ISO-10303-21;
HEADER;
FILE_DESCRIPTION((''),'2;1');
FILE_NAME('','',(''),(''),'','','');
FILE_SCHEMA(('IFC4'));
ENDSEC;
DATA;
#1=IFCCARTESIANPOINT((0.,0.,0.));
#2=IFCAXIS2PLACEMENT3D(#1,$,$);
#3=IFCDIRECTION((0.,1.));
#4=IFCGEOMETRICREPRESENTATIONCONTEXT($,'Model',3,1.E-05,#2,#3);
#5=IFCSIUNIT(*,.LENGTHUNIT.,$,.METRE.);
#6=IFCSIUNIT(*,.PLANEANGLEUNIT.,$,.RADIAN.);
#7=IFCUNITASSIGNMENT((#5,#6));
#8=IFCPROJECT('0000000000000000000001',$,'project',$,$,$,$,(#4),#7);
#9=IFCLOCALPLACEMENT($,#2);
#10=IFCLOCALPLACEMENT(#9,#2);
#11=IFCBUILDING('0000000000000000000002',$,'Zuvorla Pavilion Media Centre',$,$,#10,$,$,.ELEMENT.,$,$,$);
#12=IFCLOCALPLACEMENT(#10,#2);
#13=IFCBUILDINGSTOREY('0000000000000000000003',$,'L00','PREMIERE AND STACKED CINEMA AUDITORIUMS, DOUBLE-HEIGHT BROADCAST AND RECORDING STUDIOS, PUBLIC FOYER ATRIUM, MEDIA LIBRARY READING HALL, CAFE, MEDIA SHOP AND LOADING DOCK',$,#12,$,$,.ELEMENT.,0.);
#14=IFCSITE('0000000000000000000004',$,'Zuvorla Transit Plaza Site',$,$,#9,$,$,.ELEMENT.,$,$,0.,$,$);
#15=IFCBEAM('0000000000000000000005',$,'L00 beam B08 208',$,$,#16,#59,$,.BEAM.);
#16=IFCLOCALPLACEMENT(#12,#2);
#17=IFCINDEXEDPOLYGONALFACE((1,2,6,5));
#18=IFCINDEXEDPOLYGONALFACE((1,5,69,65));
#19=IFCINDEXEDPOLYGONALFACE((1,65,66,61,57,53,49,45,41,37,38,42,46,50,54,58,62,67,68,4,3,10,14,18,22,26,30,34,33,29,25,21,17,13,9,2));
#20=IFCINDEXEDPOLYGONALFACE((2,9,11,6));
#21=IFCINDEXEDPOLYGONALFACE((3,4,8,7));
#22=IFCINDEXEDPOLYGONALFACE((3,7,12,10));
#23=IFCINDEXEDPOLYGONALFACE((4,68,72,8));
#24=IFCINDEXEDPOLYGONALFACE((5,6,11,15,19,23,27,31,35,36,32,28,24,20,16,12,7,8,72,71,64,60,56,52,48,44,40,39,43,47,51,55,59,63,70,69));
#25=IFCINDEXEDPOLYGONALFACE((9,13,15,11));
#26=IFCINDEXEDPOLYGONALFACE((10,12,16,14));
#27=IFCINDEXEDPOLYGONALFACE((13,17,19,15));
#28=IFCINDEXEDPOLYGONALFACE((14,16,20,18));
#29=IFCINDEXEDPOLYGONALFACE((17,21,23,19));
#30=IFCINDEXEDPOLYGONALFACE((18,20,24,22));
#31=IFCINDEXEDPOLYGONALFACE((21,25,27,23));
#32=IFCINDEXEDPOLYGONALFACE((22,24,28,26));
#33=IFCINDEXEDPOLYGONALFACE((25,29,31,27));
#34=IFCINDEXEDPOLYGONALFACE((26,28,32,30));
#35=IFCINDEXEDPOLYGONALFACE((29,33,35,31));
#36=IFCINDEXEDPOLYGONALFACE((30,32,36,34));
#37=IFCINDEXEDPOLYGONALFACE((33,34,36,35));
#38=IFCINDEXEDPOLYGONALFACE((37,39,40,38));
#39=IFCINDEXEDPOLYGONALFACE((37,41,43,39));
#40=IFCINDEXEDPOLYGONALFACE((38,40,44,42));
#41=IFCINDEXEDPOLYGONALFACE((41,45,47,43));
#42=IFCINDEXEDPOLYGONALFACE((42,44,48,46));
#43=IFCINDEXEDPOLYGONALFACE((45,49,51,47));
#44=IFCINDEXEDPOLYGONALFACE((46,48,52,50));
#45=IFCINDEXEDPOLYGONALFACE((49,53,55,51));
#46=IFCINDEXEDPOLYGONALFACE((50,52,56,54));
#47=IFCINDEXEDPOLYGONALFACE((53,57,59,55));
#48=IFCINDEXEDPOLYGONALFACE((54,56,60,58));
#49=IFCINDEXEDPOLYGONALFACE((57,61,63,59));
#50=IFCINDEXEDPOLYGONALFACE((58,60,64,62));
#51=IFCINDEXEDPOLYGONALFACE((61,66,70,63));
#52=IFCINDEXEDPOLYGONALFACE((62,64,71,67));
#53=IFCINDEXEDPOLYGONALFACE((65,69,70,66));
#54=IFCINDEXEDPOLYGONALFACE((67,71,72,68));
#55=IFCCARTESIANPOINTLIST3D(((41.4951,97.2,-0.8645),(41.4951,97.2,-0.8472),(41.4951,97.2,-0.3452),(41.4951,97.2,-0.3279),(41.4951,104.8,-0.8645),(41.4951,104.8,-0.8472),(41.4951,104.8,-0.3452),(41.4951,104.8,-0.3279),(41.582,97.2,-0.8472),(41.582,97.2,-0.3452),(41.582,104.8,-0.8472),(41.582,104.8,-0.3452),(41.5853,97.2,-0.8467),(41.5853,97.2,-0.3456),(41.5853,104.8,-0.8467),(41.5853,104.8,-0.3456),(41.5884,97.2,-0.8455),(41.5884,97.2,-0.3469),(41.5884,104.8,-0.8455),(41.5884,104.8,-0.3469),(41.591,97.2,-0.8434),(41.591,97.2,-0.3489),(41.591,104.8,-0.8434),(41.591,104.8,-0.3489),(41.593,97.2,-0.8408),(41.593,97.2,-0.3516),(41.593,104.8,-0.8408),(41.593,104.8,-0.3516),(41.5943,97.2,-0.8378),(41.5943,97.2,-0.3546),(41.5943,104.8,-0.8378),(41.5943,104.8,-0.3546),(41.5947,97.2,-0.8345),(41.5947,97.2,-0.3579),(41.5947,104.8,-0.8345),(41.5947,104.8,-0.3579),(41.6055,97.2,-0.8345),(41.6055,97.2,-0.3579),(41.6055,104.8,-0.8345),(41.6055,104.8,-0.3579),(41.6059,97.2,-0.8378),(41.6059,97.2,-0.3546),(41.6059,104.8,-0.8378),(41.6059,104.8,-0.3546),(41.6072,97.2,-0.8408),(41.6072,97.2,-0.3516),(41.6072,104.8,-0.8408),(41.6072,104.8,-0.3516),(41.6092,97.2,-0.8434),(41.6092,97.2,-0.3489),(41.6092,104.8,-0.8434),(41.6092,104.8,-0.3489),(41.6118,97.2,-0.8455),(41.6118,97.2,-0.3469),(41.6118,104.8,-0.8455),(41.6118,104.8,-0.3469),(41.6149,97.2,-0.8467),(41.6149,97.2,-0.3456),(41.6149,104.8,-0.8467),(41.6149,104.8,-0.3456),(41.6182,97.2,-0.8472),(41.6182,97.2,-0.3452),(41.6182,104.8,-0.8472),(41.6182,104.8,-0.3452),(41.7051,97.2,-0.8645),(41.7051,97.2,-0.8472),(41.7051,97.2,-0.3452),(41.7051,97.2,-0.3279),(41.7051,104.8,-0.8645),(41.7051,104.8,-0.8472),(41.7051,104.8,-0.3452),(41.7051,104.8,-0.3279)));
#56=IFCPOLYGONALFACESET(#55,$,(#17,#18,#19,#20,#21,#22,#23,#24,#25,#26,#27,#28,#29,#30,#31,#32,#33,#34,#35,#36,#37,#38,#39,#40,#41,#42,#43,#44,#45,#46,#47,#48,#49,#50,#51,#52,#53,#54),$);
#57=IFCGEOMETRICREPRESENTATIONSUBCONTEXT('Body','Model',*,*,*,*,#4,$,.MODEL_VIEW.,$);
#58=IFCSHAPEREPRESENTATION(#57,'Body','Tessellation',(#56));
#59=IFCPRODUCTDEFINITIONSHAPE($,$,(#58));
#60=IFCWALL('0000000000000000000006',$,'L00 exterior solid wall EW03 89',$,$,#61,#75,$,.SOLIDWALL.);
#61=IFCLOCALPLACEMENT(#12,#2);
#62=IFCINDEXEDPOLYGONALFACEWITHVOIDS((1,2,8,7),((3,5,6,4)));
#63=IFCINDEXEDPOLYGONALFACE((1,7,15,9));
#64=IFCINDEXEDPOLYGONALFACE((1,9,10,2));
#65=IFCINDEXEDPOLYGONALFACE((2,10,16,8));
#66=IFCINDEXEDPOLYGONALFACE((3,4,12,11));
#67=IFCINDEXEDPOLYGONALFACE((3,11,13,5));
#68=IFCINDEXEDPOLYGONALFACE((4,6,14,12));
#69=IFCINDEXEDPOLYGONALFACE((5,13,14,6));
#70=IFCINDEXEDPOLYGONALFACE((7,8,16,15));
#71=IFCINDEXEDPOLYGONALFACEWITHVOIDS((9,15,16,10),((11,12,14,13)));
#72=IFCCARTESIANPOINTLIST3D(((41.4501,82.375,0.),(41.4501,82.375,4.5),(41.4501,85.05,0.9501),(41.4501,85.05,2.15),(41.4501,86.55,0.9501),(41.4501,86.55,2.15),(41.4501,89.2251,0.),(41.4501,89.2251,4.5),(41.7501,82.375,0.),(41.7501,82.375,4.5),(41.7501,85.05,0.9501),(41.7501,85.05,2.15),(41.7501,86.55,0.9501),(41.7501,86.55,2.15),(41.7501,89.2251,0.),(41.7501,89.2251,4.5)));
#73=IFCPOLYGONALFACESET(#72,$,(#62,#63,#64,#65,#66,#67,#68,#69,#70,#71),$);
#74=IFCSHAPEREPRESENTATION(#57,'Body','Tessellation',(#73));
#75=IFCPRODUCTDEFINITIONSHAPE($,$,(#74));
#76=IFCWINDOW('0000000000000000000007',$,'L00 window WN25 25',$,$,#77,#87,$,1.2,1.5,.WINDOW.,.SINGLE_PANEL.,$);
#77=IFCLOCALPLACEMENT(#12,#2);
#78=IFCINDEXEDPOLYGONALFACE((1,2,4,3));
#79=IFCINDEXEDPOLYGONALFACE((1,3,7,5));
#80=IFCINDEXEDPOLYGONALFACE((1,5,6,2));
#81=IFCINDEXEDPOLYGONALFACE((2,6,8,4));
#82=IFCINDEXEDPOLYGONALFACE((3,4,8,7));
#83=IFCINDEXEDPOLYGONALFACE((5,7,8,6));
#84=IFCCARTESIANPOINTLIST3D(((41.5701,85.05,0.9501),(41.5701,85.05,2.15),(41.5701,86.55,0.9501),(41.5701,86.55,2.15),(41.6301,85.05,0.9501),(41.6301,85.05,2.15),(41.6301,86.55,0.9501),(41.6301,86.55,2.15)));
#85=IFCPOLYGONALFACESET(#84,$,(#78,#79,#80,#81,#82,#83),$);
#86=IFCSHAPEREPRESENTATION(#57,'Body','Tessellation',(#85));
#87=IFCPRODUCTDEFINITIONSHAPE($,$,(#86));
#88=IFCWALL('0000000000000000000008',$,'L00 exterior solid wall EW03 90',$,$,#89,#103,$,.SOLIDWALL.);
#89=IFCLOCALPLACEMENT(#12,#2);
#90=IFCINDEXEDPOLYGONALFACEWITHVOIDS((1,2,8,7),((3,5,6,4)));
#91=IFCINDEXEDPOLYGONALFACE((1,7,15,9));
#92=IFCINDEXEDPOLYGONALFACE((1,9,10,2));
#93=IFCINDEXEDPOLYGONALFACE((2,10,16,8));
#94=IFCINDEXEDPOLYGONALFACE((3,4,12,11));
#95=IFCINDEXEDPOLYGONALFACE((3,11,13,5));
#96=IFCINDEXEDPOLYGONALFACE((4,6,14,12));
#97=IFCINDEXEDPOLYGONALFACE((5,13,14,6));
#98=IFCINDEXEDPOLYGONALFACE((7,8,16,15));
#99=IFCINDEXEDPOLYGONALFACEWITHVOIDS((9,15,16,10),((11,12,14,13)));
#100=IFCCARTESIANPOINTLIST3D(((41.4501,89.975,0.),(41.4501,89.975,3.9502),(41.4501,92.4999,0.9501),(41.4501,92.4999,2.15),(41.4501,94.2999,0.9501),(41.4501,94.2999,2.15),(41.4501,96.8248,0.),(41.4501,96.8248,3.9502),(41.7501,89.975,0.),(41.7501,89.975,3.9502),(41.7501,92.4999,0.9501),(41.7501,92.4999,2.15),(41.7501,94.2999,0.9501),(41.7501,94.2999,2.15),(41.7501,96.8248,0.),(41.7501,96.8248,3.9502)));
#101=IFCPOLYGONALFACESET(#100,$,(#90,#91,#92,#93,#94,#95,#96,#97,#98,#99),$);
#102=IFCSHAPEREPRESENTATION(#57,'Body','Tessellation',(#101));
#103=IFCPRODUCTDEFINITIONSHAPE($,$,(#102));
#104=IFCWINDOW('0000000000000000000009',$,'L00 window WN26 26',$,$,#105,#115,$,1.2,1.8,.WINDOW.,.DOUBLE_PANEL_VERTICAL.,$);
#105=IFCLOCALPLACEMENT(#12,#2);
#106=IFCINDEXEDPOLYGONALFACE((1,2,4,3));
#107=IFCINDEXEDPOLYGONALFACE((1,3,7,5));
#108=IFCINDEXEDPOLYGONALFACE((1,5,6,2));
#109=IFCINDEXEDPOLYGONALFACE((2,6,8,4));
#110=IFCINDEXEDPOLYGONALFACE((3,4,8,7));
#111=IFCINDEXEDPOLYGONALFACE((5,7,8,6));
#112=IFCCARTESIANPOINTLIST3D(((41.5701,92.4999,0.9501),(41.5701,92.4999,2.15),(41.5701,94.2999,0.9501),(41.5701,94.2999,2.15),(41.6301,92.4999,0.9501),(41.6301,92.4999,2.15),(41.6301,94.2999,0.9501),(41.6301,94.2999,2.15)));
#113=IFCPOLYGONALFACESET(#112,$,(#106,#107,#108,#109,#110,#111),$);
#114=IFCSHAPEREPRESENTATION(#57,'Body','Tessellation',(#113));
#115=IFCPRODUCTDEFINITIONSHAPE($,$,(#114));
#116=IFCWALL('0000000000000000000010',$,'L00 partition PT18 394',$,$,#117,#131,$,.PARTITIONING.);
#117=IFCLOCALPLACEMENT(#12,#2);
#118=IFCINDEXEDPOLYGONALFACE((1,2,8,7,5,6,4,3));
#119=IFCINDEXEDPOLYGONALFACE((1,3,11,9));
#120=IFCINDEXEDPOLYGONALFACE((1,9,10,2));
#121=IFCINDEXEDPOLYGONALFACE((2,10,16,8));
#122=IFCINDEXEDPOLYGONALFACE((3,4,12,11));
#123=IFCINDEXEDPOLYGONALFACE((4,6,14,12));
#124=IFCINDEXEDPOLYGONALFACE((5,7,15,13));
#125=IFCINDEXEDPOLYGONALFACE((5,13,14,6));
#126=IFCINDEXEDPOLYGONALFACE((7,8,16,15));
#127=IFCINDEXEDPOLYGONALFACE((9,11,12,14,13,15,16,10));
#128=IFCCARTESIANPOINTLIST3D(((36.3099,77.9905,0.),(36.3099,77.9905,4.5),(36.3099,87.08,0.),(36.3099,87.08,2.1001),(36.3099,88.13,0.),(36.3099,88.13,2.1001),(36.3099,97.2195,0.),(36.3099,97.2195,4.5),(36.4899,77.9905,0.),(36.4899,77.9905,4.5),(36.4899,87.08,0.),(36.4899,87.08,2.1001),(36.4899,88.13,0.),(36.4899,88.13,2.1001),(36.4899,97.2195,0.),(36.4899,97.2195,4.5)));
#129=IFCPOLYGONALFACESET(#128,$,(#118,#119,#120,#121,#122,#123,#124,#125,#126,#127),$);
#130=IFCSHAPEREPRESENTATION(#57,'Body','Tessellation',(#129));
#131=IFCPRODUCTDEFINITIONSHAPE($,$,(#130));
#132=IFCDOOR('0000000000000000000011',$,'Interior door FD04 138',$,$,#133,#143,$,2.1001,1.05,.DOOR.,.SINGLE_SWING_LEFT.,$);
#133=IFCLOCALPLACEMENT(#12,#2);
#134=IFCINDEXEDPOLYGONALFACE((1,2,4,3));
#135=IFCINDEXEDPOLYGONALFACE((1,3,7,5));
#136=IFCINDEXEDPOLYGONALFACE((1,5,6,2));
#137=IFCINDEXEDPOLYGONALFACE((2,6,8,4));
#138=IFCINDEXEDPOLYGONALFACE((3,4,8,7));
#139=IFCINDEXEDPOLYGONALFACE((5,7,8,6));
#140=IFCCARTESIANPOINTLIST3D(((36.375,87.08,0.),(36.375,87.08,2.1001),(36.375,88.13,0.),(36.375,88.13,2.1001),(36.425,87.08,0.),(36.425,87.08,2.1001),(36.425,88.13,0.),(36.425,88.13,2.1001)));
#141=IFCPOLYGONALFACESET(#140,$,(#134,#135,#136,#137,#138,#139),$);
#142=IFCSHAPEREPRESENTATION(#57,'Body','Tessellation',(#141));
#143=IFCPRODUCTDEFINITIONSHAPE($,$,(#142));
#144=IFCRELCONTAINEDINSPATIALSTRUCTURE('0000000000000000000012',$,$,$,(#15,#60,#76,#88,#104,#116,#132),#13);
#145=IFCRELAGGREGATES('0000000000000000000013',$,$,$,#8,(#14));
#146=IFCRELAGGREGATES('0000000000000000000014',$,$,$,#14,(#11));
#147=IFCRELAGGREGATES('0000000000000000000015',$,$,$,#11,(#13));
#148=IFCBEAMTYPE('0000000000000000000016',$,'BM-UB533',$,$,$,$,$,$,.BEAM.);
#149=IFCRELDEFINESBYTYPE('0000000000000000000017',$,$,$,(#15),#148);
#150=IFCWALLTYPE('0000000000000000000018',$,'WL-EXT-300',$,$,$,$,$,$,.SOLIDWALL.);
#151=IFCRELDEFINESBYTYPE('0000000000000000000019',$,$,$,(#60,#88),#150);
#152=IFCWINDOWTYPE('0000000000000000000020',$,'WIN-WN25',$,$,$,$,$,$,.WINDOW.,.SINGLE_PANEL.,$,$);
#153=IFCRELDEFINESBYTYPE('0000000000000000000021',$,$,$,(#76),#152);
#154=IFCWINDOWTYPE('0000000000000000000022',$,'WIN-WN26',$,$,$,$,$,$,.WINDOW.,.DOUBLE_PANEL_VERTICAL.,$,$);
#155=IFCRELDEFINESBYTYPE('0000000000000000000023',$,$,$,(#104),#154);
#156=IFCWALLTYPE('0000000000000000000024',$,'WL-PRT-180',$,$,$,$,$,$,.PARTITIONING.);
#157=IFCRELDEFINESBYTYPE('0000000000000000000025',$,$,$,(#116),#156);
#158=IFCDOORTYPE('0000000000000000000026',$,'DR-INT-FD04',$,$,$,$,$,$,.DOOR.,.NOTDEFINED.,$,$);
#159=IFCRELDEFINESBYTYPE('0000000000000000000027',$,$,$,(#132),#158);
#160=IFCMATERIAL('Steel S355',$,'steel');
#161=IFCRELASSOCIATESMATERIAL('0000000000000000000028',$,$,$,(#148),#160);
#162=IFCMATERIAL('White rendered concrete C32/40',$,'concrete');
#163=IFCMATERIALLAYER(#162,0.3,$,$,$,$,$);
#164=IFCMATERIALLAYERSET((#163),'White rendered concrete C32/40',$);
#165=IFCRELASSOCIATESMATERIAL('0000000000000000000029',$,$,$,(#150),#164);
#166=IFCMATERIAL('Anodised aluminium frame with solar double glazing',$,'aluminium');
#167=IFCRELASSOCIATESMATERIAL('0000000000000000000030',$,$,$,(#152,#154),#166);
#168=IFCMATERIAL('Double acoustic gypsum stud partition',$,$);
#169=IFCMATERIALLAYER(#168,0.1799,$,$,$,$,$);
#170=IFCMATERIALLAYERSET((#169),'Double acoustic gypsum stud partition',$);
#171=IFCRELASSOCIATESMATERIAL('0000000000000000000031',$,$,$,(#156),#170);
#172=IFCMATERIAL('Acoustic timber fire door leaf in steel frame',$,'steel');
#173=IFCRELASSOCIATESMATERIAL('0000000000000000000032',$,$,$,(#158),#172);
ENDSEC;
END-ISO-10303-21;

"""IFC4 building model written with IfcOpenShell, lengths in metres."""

from ifc_helpers import new_model, si_unit, direction, frame, frame_2d, origin, origin_2d, place, context, subcontext, project, spatial, rectangle, i_section, extrude, material, layer, layer_set, material_profile, profile_set, type_object, element, fill, save


model = new_model("IFC4")

# Units and contexts
model_context = context("Model", 3, precision=1e-05, world=origin(), true_north=direction((0.0, 1.0)))
body_context = subcontext(model_context, "Body", "Model", "MODEL_VIEW")
ifc_project = project(units=[si_unit("LENGTHUNIT", "METRE"), si_unit("PLANEANGLEUNIT", "RADIAN")], contexts=[model_context])

# Site, building, storey
site_placement = place(None, origin())
site = spatial("IfcSite", under=ifc_project, at=site_placement, Name="Zuvorla Transit Plaza Site", CompositionType="ELEMENT", RefElevation=0.0)
building_placement = place(site_placement, origin())
building = spatial("IfcBuilding", under=site, at=building_placement, Name="Zuvorla Pavilion Media Centre", CompositionType="ELEMENT")
storey_placement = place(building_placement, origin())
storey = spatial("IfcBuildingStorey", under=building, at=storey_placement, Name="L00", Description="PREMIERE AND STACKED CINEMA AUDITORIUMS, DOUBLE-HEIGHT BROADCAST AND RECORDING STUDIOS, PUBLIC FOYER ATRIUM, MEDIA LIBRARY READING HALL, CAFE, MEDIA SHOP AND LOADING DOCK", CompositionType="ELEMENT", Elevation=0.0)

# Beam
ifc_material_1 = material(Name="Steel S355", Category="steel")
ifc_material_profile_1 = material_profile(ifc_material_1, i_section(OverallWidth=0.21, OverallDepth=0.5366, WebThickness=0.0107, FlangeThickness=0.0173, FilletRadius=0.0127, at=origin_2d()), Name="UB 533x210x101")
ifc_profile_set_1 = profile_set([ifc_material_profile_1], Name="Steel S355")
beam_type = type_object("IfcBeamType", Name="BM-UB533", PredefinedType="BEAM", material=ifc_profile_set_1)
beam_1_placement = place(storey_placement, frame((41.6001, 97.2, -0.5962), z_axis=(0.0, 1.0, 0.0), x_axis=(-1.0, 0.0, 0.0)))
element("IfcBeam", 1, at=beam_1_placement, inside=storey, type_object=beam_type, Name="L00 beam B08 208", PredefinedType="BEAM", context=body_context, shape_type="SweptSolid", body=[
    extrude(i_section(OverallWidth=0.21, OverallDepth=0.5366, WebThickness=0.0107, FlangeThickness=0.0173, FilletRadius=0.0127, at=origin_2d()), origin(), (0.0, 0.0, 1.0), 7.6001),
])

# Walls, openings, windows
ifc_material_2 = material(Name="White rendered concrete C32/40", Category="concrete")
ifc_layer_1 = layer(ifc_material_2, 0.3)
ifc_layer_set_1 = layer_set([ifc_layer_1], Name="White rendered concrete C32/40")
wall_type_1 = type_object("IfcWallType", Name="WL-EXT-300", PredefinedType="SOLIDWALL", material=ifc_layer_set_1)
wall_1_placement = place(storey_placement, frame((41.6001, 82.375, 0.0), z_axis=(0.0, 0.0, 1.0), x_axis=(0.0, 1.0, 0.0)))
wall_1 = element("IfcWall", 2, at=wall_1_placement, inside=storey, type_object=wall_type_1, Name="L00 exterior solid wall EW03 89", PredefinedType="SOLIDWALL", context=body_context, shape_type="SweptSolid", body=[
    extrude(rectangle(XDim=6.8501, YDim=0.3, at=frame_2d((3.425, 0.0))), origin(), (0.0, 0.0, 1.0), 4.5),
])
opening_1_placement = place(wall_1_placement, frame((2.675, 0.0, 0.95)))
opening_1 = element("IfcOpeningElement", 3, at=opening_1_placement, cuts=wall_1, PredefinedType="OPENING", context=body_context, shape_type="SweptSolid", body=[
    extrude(rectangle(XDim=1.5, YDim=1.2, at=frame_2d((0.75, 0.6001))), frame((0.0, 0.1599, 0.0), z_axis=(0.0, -1.0, 0.0), x_axis=(1.0, 0.0, 0.0)), (0.0, 0.0, 1.0), 0.3201),
])
ifc_material_3 = material(Name="Anodised aluminium frame with solar double glazing", Category="aluminium")
window_type_1 = type_object("IfcWindowType", Name="WIN-WN25", PartitioningType="SINGLE_PANEL", PredefinedType="WINDOW", material=ifc_material_3)
window_1_placement = place(opening_1_placement, origin())
window_1 = element("IfcWindow", 4, at=window_1_placement, inside=storey, type_object=window_type_1, Name="L00 window WN25 25", OverallHeight=1.2, OverallWidth=1.5, PartitioningType="SINGLE_PANEL", PredefinedType="WINDOW", context=body_context, shape_type="SweptSolid", body=[
    extrude(rectangle(XDim=1.5, YDim=1.2, at=frame_2d((0.75, 0.6001))), frame((0.0, 0.03, 0.0), z_axis=(0.0, -1.0, 0.0), x_axis=(1.0, 0.0, 0.0)), (0.0, 0.0, 1.0), 0.0601),
])
fill(opening_1, window_1)
wall_2_placement = place(storey_placement, frame((41.6001, 89.9751, 0.0), z_axis=(0.0, 0.0, 1.0), x_axis=(0.0, 1.0, 0.0)))
wall_2 = element("IfcWall", 5, at=wall_2_placement, inside=storey, type_object=wall_type_1, Name="L00 exterior solid wall EW03 90", PredefinedType="SOLIDWALL", context=body_context, shape_type="SweptSolid", body=[
    extrude(rectangle(XDim=6.8499, YDim=0.3, at=frame_2d((3.4248, 0.0))), origin(), (0.0, 0.0, 1.0), 3.9502),
])
opening_2_placement = place(wall_2_placement, frame((2.5249, 0.0, 0.95)))
opening_2 = element("IfcOpeningElement", 6, at=opening_2_placement, cuts=wall_2, PredefinedType="OPENING", context=body_context, shape_type="SweptSolid", body=[
    extrude(rectangle(XDim=1.8, YDim=1.2, at=frame_2d((0.8999, 0.6001))), frame((0.0, 0.1599, 0.0), z_axis=(0.0, -1.0, 0.0), x_axis=(1.0, 0.0, 0.0)), (0.0, 0.0, 1.0), 0.3201),
])
window_type_2 = type_object("IfcWindowType", Name="WIN-WN26", PartitioningType="DOUBLE_PANEL_VERTICAL", PredefinedType="WINDOW", material=ifc_material_3)
window_2_placement = place(opening_2_placement, origin())
window_2 = element("IfcWindow", 7, at=window_2_placement, inside=storey, type_object=window_type_2, Name="L00 window WN26 26", OverallHeight=1.2, OverallWidth=1.8, PartitioningType="DOUBLE_PANEL_VERTICAL", PredefinedType="WINDOW", context=body_context, shape_type="SweptSolid", body=[
    extrude(rectangle(XDim=1.8, YDim=1.2, at=frame_2d((0.8999, 0.6001))), frame((0.0, 0.03, 0.0), z_axis=(0.0, -1.0, 0.0), x_axis=(1.0, 0.0, 0.0)), (0.0, 0.0, 1.0), 0.0601),
])
fill(opening_2, window_2)

# Wall, opening, door
ifc_material_4 = material(Name="Double acoustic gypsum stud partition")
ifc_layer_2 = layer(ifc_material_4, 0.1799)
ifc_layer_set_2 = layer_set([ifc_layer_2], Name="Double acoustic gypsum stud partition")
wall_type_2 = type_object("IfcWallType", Name="WL-PRT-180", PredefinedType="PARTITIONING", material=ifc_layer_set_2)
wall_3_placement = place(storey_placement, frame((36.3999, 77.9905, 0.0), z_axis=(0.0, 0.0, 1.0), x_axis=(0.0, 1.0, 0.0)))
wall_3 = element("IfcWall", 8, at=wall_3_placement, inside=storey, type_object=wall_type_2, Name="L00 partition PT18 394", PredefinedType="PARTITIONING", context=body_context, shape_type="SweptSolid", body=[
    extrude(rectangle(XDim=19.229, YDim=0.1799, at=frame_2d((9.6145, 0.0))), origin(), (0.0, 0.0, 1.0), 4.5),
])
opening_3_placement = place(wall_3_placement, frame((9.0896, 0.0, 0.0)))
opening_3 = element("IfcOpeningElement", 9, at=opening_3_placement, cuts=wall_3, PredefinedType="OPENING", context=body_context, shape_type="SweptSolid", body=[
    extrude(rectangle(XDim=1.05, YDim=2.1001, at=frame_2d((0.5249, 1.05))), frame((0.0, 0.0999, 0.0), z_axis=(0.0, -1.0, 0.0), x_axis=(1.0, 0.0, 0.0)), (0.0, 0.0, 1.0), 0.2),
])
ifc_material_5 = material(Name="Acoustic timber fire door leaf in steel frame", Category="steel")
door_type_1 = type_object("IfcDoorType", Name="DR-INT-FD04", OperationType="NOTDEFINED", PredefinedType="DOOR", material=ifc_material_5)
door_1_placement = place(opening_3_placement, origin())
door_1 = element("IfcDoor", 10, at=door_1_placement, inside=storey, type_object=door_type_1, Name="Interior door FD04 138", OperationType="SINGLE_SWING_LEFT", OverallHeight=2.1001, OverallWidth=1.05, PredefinedType="DOOR", context=body_context, shape_type="SweptSolid", body=[
    extrude(rectangle(XDim=1.05, YDim=2.1001, at=frame_2d((0.5249, 1.05))), frame((0.0, 0.0249, 0.0), z_axis=(0.0, -1.0, 0.0), x_axis=(1.0, 0.0, 0.0)), (0.0, 0.0, 1.0), 0.05),
])
fill(opening_3, door_1)

save(model, "model.ifc")
